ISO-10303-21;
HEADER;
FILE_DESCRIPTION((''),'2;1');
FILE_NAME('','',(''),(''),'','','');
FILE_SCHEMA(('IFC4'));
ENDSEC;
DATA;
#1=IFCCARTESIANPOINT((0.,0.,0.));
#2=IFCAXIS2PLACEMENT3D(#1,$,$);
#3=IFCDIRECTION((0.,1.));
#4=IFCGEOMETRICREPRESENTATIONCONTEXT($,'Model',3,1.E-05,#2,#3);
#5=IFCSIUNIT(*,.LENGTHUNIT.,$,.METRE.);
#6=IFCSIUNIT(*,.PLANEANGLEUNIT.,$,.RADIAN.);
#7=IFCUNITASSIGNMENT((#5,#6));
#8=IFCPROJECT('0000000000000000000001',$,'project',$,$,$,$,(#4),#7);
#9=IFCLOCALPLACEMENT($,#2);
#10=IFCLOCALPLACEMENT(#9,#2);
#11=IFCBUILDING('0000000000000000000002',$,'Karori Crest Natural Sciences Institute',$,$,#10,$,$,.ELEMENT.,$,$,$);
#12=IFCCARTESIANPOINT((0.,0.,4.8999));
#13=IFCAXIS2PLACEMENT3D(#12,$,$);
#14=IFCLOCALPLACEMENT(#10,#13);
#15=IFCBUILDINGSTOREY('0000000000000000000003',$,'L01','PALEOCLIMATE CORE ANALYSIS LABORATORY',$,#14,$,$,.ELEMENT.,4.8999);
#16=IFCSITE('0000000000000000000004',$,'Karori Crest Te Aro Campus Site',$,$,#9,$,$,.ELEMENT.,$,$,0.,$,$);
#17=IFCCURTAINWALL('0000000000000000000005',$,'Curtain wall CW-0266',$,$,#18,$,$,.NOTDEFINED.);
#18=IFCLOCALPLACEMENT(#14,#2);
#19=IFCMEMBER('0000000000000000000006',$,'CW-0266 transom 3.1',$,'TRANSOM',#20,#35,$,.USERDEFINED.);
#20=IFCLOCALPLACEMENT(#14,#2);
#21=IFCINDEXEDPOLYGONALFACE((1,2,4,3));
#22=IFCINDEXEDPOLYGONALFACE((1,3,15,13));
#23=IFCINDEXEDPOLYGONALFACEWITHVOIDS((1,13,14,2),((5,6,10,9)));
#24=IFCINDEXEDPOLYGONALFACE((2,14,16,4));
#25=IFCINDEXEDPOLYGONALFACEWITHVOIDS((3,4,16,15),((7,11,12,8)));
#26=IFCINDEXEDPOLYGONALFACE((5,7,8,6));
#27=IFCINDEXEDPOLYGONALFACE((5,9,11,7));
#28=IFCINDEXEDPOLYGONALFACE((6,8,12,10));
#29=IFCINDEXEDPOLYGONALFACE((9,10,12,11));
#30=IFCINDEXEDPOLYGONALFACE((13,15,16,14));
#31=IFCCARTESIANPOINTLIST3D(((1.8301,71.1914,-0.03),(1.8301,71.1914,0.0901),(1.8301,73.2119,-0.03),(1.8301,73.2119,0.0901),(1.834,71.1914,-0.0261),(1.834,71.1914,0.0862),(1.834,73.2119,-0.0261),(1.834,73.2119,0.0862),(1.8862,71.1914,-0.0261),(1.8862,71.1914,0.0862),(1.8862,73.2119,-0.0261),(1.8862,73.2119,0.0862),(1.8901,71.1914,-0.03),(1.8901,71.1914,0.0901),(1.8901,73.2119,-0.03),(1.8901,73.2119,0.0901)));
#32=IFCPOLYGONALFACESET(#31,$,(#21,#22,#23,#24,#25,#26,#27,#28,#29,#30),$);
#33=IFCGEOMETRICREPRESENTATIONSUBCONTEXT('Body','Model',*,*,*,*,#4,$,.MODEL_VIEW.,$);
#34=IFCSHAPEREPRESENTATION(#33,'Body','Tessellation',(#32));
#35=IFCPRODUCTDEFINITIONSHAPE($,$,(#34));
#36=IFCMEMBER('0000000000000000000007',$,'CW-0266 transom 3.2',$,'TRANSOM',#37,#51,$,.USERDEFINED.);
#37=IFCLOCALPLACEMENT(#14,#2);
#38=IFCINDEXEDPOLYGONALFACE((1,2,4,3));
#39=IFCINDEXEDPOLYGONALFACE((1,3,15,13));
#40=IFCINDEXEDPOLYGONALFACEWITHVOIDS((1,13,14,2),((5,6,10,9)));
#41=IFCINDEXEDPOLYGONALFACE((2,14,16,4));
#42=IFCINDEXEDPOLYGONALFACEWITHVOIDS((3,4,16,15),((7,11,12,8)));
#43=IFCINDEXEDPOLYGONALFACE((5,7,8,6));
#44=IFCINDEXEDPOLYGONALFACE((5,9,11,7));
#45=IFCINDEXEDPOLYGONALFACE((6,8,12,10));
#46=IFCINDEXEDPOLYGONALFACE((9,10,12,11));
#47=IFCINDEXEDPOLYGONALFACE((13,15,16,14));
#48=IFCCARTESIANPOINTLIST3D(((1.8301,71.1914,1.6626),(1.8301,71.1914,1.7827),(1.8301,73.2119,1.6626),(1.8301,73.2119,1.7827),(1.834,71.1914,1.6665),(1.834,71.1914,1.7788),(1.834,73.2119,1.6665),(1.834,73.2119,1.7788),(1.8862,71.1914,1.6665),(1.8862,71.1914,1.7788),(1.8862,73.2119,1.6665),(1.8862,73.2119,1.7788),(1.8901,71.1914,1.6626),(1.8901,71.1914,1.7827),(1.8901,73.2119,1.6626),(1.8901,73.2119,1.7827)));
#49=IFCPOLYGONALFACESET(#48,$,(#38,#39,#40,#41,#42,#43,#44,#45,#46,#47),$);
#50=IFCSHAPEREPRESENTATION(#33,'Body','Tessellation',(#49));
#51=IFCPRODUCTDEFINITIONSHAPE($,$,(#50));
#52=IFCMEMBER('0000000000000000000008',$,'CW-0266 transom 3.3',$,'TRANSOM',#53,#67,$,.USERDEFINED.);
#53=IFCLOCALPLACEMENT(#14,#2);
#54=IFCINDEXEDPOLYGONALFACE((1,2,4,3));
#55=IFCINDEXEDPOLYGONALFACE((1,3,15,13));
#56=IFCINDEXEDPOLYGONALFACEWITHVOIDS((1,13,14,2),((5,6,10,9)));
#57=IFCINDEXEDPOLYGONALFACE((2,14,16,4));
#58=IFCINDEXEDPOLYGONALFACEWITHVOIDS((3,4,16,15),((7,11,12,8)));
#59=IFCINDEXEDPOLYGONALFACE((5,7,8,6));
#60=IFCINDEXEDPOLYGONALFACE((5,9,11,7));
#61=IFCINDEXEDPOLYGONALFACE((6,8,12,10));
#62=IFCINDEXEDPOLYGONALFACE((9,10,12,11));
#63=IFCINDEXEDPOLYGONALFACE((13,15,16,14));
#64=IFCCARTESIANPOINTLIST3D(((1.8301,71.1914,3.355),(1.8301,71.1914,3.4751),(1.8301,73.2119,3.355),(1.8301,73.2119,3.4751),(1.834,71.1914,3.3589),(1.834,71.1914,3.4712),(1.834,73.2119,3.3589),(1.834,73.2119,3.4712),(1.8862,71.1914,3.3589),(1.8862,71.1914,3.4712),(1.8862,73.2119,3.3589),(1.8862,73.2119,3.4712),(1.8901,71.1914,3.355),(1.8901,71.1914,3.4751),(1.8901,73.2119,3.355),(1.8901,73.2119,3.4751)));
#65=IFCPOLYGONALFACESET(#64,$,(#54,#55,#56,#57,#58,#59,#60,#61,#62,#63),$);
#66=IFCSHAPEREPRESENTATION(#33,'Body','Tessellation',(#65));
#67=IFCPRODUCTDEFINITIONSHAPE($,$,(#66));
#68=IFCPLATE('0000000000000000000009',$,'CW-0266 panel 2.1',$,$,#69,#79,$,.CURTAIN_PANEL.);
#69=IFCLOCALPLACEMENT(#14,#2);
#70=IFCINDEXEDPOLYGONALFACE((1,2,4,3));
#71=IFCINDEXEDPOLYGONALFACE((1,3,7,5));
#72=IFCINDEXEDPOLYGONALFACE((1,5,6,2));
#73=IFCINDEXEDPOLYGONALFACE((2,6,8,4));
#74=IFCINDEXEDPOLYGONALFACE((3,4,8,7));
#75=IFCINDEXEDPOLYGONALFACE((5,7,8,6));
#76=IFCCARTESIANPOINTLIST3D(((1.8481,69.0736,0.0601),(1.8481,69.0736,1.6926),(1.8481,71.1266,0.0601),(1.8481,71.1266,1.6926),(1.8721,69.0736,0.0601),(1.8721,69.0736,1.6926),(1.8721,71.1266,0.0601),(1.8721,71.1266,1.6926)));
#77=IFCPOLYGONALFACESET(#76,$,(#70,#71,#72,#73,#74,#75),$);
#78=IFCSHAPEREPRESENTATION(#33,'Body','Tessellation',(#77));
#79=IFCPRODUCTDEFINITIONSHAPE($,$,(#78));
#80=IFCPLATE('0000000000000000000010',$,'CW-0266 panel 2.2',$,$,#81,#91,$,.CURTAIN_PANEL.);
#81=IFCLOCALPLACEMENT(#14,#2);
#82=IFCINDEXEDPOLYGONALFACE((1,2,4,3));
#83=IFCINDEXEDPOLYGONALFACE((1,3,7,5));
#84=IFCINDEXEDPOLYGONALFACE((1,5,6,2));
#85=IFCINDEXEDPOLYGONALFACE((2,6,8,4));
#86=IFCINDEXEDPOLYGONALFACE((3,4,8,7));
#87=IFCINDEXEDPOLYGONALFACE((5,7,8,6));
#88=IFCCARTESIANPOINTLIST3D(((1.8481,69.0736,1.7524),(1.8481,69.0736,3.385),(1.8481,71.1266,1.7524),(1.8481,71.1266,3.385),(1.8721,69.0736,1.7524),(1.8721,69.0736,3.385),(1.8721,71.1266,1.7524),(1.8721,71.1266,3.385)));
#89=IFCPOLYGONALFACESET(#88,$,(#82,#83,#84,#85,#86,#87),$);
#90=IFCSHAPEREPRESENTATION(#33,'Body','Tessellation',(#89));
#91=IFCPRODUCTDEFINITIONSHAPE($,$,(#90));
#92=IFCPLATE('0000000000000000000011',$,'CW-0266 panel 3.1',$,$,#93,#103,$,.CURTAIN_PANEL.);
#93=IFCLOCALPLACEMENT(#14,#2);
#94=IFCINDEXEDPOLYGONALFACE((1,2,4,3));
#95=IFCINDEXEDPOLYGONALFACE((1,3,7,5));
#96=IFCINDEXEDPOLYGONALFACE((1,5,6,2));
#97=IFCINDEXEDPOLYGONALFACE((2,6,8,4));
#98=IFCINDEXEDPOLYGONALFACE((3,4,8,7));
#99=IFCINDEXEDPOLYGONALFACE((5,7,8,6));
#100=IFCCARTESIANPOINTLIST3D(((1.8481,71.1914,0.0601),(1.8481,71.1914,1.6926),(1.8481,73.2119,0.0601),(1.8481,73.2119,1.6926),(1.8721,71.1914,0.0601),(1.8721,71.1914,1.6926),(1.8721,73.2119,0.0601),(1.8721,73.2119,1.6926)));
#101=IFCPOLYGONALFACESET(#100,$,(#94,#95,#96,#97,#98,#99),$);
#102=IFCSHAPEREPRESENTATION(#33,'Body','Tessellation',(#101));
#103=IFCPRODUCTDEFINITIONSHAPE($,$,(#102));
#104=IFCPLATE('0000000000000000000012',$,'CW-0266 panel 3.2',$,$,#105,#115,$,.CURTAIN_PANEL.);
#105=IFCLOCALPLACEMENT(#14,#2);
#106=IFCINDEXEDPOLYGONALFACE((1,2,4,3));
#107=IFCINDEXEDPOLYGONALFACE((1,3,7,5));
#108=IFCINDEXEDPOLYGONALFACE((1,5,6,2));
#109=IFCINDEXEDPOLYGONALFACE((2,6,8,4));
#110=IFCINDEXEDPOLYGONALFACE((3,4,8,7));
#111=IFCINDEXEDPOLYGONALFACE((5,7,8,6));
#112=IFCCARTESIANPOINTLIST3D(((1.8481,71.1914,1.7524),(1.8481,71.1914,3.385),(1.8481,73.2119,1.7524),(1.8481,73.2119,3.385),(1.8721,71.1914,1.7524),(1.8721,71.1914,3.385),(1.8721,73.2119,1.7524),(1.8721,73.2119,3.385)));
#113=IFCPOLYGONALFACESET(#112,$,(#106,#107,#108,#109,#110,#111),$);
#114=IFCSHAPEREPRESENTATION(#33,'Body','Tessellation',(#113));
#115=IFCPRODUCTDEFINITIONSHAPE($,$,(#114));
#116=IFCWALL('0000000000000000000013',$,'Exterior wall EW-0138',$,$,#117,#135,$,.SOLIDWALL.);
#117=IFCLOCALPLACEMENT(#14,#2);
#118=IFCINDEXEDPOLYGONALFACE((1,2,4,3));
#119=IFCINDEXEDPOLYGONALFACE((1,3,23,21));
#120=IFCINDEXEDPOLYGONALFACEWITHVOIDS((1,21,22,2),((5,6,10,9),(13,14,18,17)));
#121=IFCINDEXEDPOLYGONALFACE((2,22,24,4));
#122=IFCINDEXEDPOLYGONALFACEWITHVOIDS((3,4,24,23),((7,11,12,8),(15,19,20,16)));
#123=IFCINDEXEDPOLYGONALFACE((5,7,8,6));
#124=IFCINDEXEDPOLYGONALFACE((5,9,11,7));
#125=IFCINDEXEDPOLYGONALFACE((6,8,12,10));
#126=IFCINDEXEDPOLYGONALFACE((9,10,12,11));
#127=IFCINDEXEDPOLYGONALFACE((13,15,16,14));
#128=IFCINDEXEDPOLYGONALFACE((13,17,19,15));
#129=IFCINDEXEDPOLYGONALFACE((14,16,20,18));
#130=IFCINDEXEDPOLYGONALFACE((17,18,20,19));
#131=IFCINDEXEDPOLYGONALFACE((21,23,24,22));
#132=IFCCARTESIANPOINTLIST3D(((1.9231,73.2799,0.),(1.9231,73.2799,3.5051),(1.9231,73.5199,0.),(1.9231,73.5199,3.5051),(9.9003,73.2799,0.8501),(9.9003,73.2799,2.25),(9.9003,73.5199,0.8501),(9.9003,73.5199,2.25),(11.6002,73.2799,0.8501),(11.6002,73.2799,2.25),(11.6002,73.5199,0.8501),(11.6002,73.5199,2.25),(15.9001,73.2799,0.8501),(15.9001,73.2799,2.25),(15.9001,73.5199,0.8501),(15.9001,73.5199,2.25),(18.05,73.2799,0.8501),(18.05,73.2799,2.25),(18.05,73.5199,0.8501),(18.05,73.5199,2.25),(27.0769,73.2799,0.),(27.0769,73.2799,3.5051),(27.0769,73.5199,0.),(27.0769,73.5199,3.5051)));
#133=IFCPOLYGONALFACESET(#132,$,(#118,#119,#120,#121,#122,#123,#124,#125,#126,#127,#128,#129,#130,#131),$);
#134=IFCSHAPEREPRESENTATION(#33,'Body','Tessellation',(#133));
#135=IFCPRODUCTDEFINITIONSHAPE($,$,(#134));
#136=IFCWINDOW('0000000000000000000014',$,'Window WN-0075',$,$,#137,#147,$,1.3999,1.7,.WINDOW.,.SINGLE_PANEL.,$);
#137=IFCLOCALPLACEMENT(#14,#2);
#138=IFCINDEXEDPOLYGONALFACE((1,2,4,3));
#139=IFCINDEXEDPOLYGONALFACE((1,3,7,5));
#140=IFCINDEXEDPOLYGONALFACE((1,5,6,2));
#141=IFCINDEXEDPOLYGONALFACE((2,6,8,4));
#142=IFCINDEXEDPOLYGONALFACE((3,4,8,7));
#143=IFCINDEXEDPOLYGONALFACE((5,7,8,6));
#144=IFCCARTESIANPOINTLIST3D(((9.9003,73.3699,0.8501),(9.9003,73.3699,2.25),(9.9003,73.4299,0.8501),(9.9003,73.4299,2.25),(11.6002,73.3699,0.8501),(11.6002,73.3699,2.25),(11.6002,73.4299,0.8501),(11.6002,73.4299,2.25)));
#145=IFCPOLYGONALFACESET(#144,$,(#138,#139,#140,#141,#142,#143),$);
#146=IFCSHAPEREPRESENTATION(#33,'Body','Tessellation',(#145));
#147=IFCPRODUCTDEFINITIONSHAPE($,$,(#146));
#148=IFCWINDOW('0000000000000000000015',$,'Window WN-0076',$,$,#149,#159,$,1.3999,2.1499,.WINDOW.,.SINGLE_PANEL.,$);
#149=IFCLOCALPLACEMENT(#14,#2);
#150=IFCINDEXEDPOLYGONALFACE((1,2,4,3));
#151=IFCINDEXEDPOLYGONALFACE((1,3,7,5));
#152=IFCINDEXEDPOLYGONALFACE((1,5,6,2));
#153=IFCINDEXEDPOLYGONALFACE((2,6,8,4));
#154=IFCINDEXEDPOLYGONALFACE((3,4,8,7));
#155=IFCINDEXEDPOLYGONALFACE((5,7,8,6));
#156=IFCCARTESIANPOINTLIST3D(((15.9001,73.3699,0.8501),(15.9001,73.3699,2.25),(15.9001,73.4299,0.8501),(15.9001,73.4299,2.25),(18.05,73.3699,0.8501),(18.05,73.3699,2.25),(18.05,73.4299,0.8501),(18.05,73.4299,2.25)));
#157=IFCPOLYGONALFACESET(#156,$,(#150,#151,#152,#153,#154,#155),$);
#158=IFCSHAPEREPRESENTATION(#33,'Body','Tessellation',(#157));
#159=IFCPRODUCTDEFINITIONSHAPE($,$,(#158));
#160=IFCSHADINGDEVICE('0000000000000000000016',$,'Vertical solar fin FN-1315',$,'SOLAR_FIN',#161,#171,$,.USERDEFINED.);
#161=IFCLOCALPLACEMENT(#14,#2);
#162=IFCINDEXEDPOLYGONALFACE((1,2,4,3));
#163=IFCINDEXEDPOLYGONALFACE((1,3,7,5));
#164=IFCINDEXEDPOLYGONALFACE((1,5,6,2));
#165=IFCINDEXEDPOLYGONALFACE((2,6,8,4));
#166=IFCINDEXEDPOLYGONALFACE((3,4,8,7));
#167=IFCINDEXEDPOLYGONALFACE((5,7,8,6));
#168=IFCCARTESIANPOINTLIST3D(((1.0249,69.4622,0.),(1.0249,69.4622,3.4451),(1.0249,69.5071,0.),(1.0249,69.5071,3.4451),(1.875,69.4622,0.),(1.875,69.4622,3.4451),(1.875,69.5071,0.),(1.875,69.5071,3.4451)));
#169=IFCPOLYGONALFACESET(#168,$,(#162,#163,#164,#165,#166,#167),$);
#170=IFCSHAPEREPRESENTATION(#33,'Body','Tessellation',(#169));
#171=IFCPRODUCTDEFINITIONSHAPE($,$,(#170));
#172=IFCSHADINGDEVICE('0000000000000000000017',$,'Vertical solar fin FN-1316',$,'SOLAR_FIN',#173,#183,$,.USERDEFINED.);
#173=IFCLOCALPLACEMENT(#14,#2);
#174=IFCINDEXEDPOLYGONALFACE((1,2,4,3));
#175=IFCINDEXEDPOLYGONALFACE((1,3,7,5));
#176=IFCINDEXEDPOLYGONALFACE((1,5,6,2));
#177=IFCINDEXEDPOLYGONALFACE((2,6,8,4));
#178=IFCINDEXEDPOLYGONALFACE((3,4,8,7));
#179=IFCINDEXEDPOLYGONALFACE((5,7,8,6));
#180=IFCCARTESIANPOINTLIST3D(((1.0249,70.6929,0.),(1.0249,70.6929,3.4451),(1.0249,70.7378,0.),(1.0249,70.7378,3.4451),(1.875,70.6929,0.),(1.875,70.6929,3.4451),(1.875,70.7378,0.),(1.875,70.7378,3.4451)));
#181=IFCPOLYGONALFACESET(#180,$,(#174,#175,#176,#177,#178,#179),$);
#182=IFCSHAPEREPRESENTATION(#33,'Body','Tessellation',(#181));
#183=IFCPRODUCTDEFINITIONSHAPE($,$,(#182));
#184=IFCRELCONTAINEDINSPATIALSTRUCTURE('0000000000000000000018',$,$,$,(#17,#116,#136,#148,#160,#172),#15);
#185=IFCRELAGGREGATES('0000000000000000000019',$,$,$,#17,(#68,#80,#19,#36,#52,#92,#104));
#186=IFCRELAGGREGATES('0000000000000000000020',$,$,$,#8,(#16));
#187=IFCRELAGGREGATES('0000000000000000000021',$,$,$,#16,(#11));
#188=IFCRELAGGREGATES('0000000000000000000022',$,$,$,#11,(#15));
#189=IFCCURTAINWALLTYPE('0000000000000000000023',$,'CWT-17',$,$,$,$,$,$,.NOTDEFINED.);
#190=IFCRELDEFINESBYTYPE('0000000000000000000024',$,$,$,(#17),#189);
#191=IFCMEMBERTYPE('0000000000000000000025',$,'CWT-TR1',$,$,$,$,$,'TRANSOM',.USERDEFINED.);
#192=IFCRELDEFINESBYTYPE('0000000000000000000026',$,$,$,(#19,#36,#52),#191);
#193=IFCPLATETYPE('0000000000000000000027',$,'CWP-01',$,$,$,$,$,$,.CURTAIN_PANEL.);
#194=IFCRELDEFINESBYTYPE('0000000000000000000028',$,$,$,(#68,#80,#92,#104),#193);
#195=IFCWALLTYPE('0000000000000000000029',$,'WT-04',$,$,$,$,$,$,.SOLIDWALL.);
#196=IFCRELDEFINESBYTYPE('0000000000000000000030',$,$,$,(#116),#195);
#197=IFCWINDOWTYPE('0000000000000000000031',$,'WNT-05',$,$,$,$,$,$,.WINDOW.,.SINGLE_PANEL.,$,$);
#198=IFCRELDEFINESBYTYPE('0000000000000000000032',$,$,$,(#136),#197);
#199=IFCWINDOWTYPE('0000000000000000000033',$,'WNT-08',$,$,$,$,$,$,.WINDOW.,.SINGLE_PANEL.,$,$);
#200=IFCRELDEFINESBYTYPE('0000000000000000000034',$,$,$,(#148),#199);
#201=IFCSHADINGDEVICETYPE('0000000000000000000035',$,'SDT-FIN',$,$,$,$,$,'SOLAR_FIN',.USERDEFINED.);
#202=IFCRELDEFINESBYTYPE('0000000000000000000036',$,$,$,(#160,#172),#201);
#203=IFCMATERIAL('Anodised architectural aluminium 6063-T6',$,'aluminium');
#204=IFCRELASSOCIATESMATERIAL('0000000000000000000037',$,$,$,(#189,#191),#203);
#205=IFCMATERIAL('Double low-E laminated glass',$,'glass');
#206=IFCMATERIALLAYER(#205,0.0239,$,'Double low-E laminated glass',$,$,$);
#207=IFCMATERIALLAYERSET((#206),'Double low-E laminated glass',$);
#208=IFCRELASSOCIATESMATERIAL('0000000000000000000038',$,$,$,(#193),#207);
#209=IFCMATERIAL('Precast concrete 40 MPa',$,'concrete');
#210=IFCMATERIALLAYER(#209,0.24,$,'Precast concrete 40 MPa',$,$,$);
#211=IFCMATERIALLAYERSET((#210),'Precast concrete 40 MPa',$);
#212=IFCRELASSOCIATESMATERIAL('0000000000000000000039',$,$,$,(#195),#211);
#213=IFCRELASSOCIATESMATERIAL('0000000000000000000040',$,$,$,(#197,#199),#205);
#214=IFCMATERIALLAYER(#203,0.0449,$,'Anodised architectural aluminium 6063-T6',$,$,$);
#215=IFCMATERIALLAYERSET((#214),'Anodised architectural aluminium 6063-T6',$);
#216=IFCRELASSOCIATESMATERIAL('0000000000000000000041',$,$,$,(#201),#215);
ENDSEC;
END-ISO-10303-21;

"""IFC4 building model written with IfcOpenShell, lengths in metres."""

from ifc_helpers import new_model, si_unit, direction, frame, frame_2d, origin, origin_2d, place, context, subcontext, project, spatial, rectangle, hollow_rectangle, extrude, material, layer, layer_set, material_profile, profile_set, type_object, element, fill, aggregate, save


model = new_model("IFC4")

# Units and contexts
model_context = context("Model", 3, precision=1e-05, world=origin(), true_north=direction((0.0, 1.0)))
body_context = subcontext(model_context, "Body", "Model", "MODEL_VIEW")
ifc_project = project(units=[si_unit("LENGTHUNIT", "METRE"), si_unit("PLANEANGLEUNIT", "RADIAN")], contexts=[model_context])

# Site, building, storey
site_placement = place(None, origin())
site = spatial("IfcSite", under=ifc_project, at=site_placement, Name="Karori Crest Te Aro Campus Site", CompositionType="ELEMENT", RefElevation=0.0)
building_placement = place(site_placement, origin())
building = spatial("IfcBuilding", under=site, at=building_placement, Name="Karori Crest Natural Sciences Institute", CompositionType="ELEMENT")
storey_placement = place(building_placement, frame((0.0, 0.0, 4.8999)))
storey = spatial("IfcBuildingStorey", under=building, at=storey_placement, Name="L01", Description="PALEOCLIMATE CORE ANALYSIS LABORATORY", CompositionType="ELEMENT", Elevation=4.8999)

# Curtain wall, members, plates
ifc_material_1 = material(Name="Anodised architectural aluminium 6063-T6", Category="aluminium")
curtain_wall_type = type_object("IfcCurtainWallType", Name="CWT-17", PredefinedType="NOTDEFINED", material=ifc_material_1)
curtain_wall_placement = place(storey_placement, origin())
curtain_wall = element("IfcCurtainWall", 1, at=curtain_wall_placement, inside=storey, type_object=curtain_wall_type, Name="Curtain wall CW-0266", PredefinedType="NOTDEFINED")
ifc_material_profile_1 = material_profile(ifc_material_1, hollow_rectangle(XDim=0.0601, YDim=0.1201, WallThickness=0.0039, at=origin_2d()), Name="CWT120x60x4")
ifc_profile_set_1 = profile_set([ifc_material_profile_1], Name="Anodised architectural aluminium 6063-T6")
member_type_1 = type_object("IfcMemberType", Name="CWT-TR1", ElementType="TRANSOM", PredefinedType="USERDEFINED", material=ifc_profile_set_1)
member_1_placement = place(storey_placement, frame((1.8601, 71.1914, 0.03), z_axis=(0.0, 1.0, 0.0), x_axis=(-1.0, 0.0, 0.0)))
member_1 = element("IfcMember", 2, at=member_1_placement, type_object=member_type_1, Name="CW-0266 transom 3.1", ObjectType="TRANSOM", PredefinedType="USERDEFINED", context=body_context, shape_type="SweptSolid", body=[
    extrude(hollow_rectangle(XDim=0.0601, YDim=0.1201, WallThickness=0.0039, at=origin_2d()), origin(), (0.0, 0.0, 1.0), 2.0205),
])
member_2_placement = place(storey_placement, frame((1.8601, 71.1914, 1.7227), z_axis=(0.0, 1.0, 0.0), x_axis=(-1.0, 0.0, 0.0)))
member_2 = element("IfcMember", 3, at=member_2_placement, type_object=member_type_1, Name="CW-0266 transom 3.2", ObjectType="TRANSOM", PredefinedType="USERDEFINED", context=body_context, shape_type="SweptSolid", body=[
    extrude(hollow_rectangle(XDim=0.0601, YDim=0.1201, WallThickness=0.0039, at=origin_2d()), origin(), (0.0, 0.0, 1.0), 2.0205),
])
member_3_placement = place(storey_placement, frame((1.8601, 71.1914, 3.415), z_axis=(0.0, 1.0, 0.0), x_axis=(-1.0, 0.0, 0.0)))
member_3 = element("IfcMember", 4, at=member_3_placement, type_object=member_type_1, Name="CW-0266 transom 3.3", ObjectType="TRANSOM", PredefinedType="USERDEFINED", context=body_context, shape_type="SweptSolid", body=[
    extrude(hollow_rectangle(XDim=0.0601, YDim=0.1201, WallThickness=0.0039, at=origin_2d()), origin(), (0.0, 0.0, 1.0), 2.0205),
])
ifc_material_2 = material(Name="Double low-E laminated glass", Category="glass")
ifc_layer_1 = layer(ifc_material_2, 0.0239, Name="Double low-E laminated glass")
ifc_layer_set_1 = layer_set([ifc_layer_1], Name="Double low-E laminated glass")
plate_type = type_object("IfcPlateType", Name="CWP-01", PredefinedType="CURTAIN_PANEL", material=ifc_layer_set_1)
plate_1_placement = place(storey_placement, frame((1.8601, 70.1001, 0.0601), z_axis=(0.0, 0.0, 1.0), x_axis=(0.0, 1.0, 0.0)))
plate_1 = element("IfcPlate", 5, at=plate_1_placement, type_object=plate_type, Name="CW-0266 panel 2.1", PredefinedType="CURTAIN_PANEL", context=body_context, shape_type="SweptSolid", body=[
    extrude(rectangle(XDim=2.053, YDim=0.0239, at=origin_2d()), origin(), (0.0, 0.0, 1.0), 1.6326),
])
plate_2_placement = place(storey_placement, frame((1.8601, 70.1001, 1.7524), z_axis=(0.0, 0.0, 1.0), x_axis=(0.0, 1.0, 0.0)))
plate_2 = element("IfcPlate", 6, at=plate_2_placement, type_object=plate_type, Name="CW-0266 panel 2.2", PredefinedType="CURTAIN_PANEL", context=body_context, shape_type="SweptSolid", body=[
    extrude(rectangle(XDim=2.053, YDim=0.0239, at=origin_2d()), origin(), (0.0, 0.0, 1.0), 1.6326),
])
plate_3_placement = place(storey_placement, frame((1.8601, 72.2017, 0.0601), z_axis=(0.0, 0.0, 1.0), x_axis=(0.0, 1.0, 0.0)))
plate_3 = element("IfcPlate", 7, at=plate_3_placement, type_object=plate_type, Name="CW-0266 panel 3.1", PredefinedType="CURTAIN_PANEL", context=body_context, shape_type="SweptSolid", body=[
    extrude(rectangle(XDim=2.0205, YDim=0.0239, at=origin_2d()), origin(), (0.0, 0.0, 1.0), 1.6326),
])
plate_4_placement = place(storey_placement, frame((1.8601, 72.2017, 1.7524), z_axis=(0.0, 0.0, 1.0), x_axis=(0.0, 1.0, 0.0)))
plate_4 = element("IfcPlate", 8, at=plate_4_placement, type_object=plate_type, Name="CW-0266 panel 3.2", PredefinedType="CURTAIN_PANEL", context=body_context, shape_type="SweptSolid", body=[
    extrude(rectangle(XDim=2.0205, YDim=0.0239, at=origin_2d()), origin(), (0.0, 0.0, 1.0), 1.6326),
])
aggregate(curtain_wall, [plate_1, plate_2, member_1, member_2, member_3, plate_3, plate_4])

# Wall, openings, windows
ifc_material_3 = material(Name="Precast concrete 40 MPa", Category="concrete")
ifc_layer_2 = layer(ifc_material_3, 0.24, Name="Precast concrete 40 MPa")
ifc_layer_set_2 = layer_set([ifc_layer_2], Name="Precast concrete 40 MPa")
wall_type = type_object("IfcWallType", Name="WT-04", PredefinedType="SOLIDWALL", material=ifc_layer_set_2)
wall_placement = place(storey_placement, frame((1.9231, 73.3999, 0.0), z_axis=(0.0, 0.0, 1.0), x_axis=(1.0, 0.0, 0.0)))
wall = element("IfcWall", 9, at=wall_placement, inside=storey, type_object=wall_type, Name="Exterior wall EW-0138", PredefinedType="SOLIDWALL", context=body_context, shape_type="SweptSolid", body=[
    extrude(rectangle(XDim=25.1538, YDim=0.24, at=frame_2d((12.5769, 0.0))), origin(), (0.0, 0.0, 1.0), 3.5051),
])
opening_1_placement = place(wall_placement, frame((7.9771, 0.0, 0.8501)))
opening_1 = element("IfcOpeningElement", 10, at=opening_1_placement, cuts=wall, PredefinedType="OPENING", context=body_context, shape_type="SweptSolid", body=[
    extrude(rectangle(XDim=1.7, YDim=1.3999, at=frame_2d((0.8501, 0.7))), frame((0.0, 0.1299, 0.0), z_axis=(0.0, -1.0, 0.0), x_axis=(1.0, 0.0, 0.0)), (0.0, 0.0, 1.0), 0.26),
])
opening_2_placement = place(wall_placement, frame((13.9771, 0.0, 0.8501)))
opening_2 = element("IfcOpeningElement", 11, at=opening_2_placement, cuts=wall, PredefinedType="OPENING", context=body_context, shape_type="SweptSolid", body=[
    extrude(rectangle(XDim=2.1499, YDim=1.3999, at=frame_2d((1.075, 0.7))), frame((0.0, 0.1299, 0.0), z_axis=(0.0, -1.0, 0.0), x_axis=(1.0, 0.0, 0.0)), (0.0, 0.0, 1.0), 0.26),
])
window_type_1 = type_object("IfcWindowType", Name="WNT-05", PartitioningType="SINGLE_PANEL", PredefinedType="WINDOW", material=ifc_material_2)
window_1_placement = place(opening_1_placement, origin())
window_1 = element("IfcWindow", 12, at=window_1_placement, inside=storey, type_object=window_type_1, Name="Window WN-0075", OverallHeight=1.3999, OverallWidth=1.7, PartitioningType="SINGLE_PANEL", PredefinedType="WINDOW", context=body_context, shape_type="SweptSolid", body=[
    extrude(rectangle(XDim=1.7, YDim=1.3999, at=frame_2d((0.8501, 0.7))), frame((0.0, 0.03, 0.0), z_axis=(0.0, -1.0, 0.0), x_axis=(1.0, 0.0, 0.0)), (0.0, 0.0, 1.0), 0.0601),
])
fill(opening_1, window_1)
window_type_2 = type_object("IfcWindowType", Name="WNT-08", PartitioningType="SINGLE_PANEL", PredefinedType="WINDOW", material=ifc_material_2)
window_2_placement = place(opening_2_placement, origin())
window_2 = element("IfcWindow", 13, at=window_2_placement, inside=storey, type_object=window_type_2, Name="Window WN-0076", OverallHeight=1.3999, OverallWidth=2.1499, PartitioningType="SINGLE_PANEL", PredefinedType="WINDOW", context=body_context, shape_type="SweptSolid", body=[
    extrude(rectangle(XDim=2.1499, YDim=1.3999, at=frame_2d((1.075, 0.7))), frame((0.0, 0.03, 0.0), z_axis=(0.0, -1.0, 0.0), x_axis=(1.0, 0.0, 0.0)), (0.0, 0.0, 1.0), 0.0601),
])
fill(opening_2, window_2)

# Shading devices
ifc_layer_3 = layer(ifc_material_1, 0.0449, Name="Anodised architectural aluminium 6063-T6")
ifc_layer_set_3 = layer_set([ifc_layer_3], Name="Anodised architectural aluminium 6063-T6")
shading_device_type = type_object("IfcShadingDeviceType", Name="SDT-FIN", ElementType="SOLAR_FIN", PredefinedType="USERDEFINED", material=ifc_layer_set_3)
for number, where, z_axis, x_axis, name in (
    (14, (1.45, 69.4846, 0.0), (0.0, 0.0, 1.0), (-1.0, 0.0, 0.0), "Vertical solar fin FN-1315"),
    (15, (1.45, 70.7153, 0.0), (0.0, 0.0, 1.0), (-1.0, 0.0, 0.0), "Vertical solar fin FN-1316"),
):
    element("IfcShadingDevice", number, at=place(storey_placement, frame(where, z_axis=z_axis, x_axis=x_axis)), inside=storey, type_object=shading_device_type, Name=name, ObjectType="SOLAR_FIN", PredefinedType="USERDEFINED", context=body_context, shape_type="SweptSolid", body=[
        extrude(rectangle(XDim=0.8501, YDim=0.0449, at=origin_2d()), origin(), (0.0, 0.0, 1.0), 3.4451),
    ])

save(model, "model.ifc")
